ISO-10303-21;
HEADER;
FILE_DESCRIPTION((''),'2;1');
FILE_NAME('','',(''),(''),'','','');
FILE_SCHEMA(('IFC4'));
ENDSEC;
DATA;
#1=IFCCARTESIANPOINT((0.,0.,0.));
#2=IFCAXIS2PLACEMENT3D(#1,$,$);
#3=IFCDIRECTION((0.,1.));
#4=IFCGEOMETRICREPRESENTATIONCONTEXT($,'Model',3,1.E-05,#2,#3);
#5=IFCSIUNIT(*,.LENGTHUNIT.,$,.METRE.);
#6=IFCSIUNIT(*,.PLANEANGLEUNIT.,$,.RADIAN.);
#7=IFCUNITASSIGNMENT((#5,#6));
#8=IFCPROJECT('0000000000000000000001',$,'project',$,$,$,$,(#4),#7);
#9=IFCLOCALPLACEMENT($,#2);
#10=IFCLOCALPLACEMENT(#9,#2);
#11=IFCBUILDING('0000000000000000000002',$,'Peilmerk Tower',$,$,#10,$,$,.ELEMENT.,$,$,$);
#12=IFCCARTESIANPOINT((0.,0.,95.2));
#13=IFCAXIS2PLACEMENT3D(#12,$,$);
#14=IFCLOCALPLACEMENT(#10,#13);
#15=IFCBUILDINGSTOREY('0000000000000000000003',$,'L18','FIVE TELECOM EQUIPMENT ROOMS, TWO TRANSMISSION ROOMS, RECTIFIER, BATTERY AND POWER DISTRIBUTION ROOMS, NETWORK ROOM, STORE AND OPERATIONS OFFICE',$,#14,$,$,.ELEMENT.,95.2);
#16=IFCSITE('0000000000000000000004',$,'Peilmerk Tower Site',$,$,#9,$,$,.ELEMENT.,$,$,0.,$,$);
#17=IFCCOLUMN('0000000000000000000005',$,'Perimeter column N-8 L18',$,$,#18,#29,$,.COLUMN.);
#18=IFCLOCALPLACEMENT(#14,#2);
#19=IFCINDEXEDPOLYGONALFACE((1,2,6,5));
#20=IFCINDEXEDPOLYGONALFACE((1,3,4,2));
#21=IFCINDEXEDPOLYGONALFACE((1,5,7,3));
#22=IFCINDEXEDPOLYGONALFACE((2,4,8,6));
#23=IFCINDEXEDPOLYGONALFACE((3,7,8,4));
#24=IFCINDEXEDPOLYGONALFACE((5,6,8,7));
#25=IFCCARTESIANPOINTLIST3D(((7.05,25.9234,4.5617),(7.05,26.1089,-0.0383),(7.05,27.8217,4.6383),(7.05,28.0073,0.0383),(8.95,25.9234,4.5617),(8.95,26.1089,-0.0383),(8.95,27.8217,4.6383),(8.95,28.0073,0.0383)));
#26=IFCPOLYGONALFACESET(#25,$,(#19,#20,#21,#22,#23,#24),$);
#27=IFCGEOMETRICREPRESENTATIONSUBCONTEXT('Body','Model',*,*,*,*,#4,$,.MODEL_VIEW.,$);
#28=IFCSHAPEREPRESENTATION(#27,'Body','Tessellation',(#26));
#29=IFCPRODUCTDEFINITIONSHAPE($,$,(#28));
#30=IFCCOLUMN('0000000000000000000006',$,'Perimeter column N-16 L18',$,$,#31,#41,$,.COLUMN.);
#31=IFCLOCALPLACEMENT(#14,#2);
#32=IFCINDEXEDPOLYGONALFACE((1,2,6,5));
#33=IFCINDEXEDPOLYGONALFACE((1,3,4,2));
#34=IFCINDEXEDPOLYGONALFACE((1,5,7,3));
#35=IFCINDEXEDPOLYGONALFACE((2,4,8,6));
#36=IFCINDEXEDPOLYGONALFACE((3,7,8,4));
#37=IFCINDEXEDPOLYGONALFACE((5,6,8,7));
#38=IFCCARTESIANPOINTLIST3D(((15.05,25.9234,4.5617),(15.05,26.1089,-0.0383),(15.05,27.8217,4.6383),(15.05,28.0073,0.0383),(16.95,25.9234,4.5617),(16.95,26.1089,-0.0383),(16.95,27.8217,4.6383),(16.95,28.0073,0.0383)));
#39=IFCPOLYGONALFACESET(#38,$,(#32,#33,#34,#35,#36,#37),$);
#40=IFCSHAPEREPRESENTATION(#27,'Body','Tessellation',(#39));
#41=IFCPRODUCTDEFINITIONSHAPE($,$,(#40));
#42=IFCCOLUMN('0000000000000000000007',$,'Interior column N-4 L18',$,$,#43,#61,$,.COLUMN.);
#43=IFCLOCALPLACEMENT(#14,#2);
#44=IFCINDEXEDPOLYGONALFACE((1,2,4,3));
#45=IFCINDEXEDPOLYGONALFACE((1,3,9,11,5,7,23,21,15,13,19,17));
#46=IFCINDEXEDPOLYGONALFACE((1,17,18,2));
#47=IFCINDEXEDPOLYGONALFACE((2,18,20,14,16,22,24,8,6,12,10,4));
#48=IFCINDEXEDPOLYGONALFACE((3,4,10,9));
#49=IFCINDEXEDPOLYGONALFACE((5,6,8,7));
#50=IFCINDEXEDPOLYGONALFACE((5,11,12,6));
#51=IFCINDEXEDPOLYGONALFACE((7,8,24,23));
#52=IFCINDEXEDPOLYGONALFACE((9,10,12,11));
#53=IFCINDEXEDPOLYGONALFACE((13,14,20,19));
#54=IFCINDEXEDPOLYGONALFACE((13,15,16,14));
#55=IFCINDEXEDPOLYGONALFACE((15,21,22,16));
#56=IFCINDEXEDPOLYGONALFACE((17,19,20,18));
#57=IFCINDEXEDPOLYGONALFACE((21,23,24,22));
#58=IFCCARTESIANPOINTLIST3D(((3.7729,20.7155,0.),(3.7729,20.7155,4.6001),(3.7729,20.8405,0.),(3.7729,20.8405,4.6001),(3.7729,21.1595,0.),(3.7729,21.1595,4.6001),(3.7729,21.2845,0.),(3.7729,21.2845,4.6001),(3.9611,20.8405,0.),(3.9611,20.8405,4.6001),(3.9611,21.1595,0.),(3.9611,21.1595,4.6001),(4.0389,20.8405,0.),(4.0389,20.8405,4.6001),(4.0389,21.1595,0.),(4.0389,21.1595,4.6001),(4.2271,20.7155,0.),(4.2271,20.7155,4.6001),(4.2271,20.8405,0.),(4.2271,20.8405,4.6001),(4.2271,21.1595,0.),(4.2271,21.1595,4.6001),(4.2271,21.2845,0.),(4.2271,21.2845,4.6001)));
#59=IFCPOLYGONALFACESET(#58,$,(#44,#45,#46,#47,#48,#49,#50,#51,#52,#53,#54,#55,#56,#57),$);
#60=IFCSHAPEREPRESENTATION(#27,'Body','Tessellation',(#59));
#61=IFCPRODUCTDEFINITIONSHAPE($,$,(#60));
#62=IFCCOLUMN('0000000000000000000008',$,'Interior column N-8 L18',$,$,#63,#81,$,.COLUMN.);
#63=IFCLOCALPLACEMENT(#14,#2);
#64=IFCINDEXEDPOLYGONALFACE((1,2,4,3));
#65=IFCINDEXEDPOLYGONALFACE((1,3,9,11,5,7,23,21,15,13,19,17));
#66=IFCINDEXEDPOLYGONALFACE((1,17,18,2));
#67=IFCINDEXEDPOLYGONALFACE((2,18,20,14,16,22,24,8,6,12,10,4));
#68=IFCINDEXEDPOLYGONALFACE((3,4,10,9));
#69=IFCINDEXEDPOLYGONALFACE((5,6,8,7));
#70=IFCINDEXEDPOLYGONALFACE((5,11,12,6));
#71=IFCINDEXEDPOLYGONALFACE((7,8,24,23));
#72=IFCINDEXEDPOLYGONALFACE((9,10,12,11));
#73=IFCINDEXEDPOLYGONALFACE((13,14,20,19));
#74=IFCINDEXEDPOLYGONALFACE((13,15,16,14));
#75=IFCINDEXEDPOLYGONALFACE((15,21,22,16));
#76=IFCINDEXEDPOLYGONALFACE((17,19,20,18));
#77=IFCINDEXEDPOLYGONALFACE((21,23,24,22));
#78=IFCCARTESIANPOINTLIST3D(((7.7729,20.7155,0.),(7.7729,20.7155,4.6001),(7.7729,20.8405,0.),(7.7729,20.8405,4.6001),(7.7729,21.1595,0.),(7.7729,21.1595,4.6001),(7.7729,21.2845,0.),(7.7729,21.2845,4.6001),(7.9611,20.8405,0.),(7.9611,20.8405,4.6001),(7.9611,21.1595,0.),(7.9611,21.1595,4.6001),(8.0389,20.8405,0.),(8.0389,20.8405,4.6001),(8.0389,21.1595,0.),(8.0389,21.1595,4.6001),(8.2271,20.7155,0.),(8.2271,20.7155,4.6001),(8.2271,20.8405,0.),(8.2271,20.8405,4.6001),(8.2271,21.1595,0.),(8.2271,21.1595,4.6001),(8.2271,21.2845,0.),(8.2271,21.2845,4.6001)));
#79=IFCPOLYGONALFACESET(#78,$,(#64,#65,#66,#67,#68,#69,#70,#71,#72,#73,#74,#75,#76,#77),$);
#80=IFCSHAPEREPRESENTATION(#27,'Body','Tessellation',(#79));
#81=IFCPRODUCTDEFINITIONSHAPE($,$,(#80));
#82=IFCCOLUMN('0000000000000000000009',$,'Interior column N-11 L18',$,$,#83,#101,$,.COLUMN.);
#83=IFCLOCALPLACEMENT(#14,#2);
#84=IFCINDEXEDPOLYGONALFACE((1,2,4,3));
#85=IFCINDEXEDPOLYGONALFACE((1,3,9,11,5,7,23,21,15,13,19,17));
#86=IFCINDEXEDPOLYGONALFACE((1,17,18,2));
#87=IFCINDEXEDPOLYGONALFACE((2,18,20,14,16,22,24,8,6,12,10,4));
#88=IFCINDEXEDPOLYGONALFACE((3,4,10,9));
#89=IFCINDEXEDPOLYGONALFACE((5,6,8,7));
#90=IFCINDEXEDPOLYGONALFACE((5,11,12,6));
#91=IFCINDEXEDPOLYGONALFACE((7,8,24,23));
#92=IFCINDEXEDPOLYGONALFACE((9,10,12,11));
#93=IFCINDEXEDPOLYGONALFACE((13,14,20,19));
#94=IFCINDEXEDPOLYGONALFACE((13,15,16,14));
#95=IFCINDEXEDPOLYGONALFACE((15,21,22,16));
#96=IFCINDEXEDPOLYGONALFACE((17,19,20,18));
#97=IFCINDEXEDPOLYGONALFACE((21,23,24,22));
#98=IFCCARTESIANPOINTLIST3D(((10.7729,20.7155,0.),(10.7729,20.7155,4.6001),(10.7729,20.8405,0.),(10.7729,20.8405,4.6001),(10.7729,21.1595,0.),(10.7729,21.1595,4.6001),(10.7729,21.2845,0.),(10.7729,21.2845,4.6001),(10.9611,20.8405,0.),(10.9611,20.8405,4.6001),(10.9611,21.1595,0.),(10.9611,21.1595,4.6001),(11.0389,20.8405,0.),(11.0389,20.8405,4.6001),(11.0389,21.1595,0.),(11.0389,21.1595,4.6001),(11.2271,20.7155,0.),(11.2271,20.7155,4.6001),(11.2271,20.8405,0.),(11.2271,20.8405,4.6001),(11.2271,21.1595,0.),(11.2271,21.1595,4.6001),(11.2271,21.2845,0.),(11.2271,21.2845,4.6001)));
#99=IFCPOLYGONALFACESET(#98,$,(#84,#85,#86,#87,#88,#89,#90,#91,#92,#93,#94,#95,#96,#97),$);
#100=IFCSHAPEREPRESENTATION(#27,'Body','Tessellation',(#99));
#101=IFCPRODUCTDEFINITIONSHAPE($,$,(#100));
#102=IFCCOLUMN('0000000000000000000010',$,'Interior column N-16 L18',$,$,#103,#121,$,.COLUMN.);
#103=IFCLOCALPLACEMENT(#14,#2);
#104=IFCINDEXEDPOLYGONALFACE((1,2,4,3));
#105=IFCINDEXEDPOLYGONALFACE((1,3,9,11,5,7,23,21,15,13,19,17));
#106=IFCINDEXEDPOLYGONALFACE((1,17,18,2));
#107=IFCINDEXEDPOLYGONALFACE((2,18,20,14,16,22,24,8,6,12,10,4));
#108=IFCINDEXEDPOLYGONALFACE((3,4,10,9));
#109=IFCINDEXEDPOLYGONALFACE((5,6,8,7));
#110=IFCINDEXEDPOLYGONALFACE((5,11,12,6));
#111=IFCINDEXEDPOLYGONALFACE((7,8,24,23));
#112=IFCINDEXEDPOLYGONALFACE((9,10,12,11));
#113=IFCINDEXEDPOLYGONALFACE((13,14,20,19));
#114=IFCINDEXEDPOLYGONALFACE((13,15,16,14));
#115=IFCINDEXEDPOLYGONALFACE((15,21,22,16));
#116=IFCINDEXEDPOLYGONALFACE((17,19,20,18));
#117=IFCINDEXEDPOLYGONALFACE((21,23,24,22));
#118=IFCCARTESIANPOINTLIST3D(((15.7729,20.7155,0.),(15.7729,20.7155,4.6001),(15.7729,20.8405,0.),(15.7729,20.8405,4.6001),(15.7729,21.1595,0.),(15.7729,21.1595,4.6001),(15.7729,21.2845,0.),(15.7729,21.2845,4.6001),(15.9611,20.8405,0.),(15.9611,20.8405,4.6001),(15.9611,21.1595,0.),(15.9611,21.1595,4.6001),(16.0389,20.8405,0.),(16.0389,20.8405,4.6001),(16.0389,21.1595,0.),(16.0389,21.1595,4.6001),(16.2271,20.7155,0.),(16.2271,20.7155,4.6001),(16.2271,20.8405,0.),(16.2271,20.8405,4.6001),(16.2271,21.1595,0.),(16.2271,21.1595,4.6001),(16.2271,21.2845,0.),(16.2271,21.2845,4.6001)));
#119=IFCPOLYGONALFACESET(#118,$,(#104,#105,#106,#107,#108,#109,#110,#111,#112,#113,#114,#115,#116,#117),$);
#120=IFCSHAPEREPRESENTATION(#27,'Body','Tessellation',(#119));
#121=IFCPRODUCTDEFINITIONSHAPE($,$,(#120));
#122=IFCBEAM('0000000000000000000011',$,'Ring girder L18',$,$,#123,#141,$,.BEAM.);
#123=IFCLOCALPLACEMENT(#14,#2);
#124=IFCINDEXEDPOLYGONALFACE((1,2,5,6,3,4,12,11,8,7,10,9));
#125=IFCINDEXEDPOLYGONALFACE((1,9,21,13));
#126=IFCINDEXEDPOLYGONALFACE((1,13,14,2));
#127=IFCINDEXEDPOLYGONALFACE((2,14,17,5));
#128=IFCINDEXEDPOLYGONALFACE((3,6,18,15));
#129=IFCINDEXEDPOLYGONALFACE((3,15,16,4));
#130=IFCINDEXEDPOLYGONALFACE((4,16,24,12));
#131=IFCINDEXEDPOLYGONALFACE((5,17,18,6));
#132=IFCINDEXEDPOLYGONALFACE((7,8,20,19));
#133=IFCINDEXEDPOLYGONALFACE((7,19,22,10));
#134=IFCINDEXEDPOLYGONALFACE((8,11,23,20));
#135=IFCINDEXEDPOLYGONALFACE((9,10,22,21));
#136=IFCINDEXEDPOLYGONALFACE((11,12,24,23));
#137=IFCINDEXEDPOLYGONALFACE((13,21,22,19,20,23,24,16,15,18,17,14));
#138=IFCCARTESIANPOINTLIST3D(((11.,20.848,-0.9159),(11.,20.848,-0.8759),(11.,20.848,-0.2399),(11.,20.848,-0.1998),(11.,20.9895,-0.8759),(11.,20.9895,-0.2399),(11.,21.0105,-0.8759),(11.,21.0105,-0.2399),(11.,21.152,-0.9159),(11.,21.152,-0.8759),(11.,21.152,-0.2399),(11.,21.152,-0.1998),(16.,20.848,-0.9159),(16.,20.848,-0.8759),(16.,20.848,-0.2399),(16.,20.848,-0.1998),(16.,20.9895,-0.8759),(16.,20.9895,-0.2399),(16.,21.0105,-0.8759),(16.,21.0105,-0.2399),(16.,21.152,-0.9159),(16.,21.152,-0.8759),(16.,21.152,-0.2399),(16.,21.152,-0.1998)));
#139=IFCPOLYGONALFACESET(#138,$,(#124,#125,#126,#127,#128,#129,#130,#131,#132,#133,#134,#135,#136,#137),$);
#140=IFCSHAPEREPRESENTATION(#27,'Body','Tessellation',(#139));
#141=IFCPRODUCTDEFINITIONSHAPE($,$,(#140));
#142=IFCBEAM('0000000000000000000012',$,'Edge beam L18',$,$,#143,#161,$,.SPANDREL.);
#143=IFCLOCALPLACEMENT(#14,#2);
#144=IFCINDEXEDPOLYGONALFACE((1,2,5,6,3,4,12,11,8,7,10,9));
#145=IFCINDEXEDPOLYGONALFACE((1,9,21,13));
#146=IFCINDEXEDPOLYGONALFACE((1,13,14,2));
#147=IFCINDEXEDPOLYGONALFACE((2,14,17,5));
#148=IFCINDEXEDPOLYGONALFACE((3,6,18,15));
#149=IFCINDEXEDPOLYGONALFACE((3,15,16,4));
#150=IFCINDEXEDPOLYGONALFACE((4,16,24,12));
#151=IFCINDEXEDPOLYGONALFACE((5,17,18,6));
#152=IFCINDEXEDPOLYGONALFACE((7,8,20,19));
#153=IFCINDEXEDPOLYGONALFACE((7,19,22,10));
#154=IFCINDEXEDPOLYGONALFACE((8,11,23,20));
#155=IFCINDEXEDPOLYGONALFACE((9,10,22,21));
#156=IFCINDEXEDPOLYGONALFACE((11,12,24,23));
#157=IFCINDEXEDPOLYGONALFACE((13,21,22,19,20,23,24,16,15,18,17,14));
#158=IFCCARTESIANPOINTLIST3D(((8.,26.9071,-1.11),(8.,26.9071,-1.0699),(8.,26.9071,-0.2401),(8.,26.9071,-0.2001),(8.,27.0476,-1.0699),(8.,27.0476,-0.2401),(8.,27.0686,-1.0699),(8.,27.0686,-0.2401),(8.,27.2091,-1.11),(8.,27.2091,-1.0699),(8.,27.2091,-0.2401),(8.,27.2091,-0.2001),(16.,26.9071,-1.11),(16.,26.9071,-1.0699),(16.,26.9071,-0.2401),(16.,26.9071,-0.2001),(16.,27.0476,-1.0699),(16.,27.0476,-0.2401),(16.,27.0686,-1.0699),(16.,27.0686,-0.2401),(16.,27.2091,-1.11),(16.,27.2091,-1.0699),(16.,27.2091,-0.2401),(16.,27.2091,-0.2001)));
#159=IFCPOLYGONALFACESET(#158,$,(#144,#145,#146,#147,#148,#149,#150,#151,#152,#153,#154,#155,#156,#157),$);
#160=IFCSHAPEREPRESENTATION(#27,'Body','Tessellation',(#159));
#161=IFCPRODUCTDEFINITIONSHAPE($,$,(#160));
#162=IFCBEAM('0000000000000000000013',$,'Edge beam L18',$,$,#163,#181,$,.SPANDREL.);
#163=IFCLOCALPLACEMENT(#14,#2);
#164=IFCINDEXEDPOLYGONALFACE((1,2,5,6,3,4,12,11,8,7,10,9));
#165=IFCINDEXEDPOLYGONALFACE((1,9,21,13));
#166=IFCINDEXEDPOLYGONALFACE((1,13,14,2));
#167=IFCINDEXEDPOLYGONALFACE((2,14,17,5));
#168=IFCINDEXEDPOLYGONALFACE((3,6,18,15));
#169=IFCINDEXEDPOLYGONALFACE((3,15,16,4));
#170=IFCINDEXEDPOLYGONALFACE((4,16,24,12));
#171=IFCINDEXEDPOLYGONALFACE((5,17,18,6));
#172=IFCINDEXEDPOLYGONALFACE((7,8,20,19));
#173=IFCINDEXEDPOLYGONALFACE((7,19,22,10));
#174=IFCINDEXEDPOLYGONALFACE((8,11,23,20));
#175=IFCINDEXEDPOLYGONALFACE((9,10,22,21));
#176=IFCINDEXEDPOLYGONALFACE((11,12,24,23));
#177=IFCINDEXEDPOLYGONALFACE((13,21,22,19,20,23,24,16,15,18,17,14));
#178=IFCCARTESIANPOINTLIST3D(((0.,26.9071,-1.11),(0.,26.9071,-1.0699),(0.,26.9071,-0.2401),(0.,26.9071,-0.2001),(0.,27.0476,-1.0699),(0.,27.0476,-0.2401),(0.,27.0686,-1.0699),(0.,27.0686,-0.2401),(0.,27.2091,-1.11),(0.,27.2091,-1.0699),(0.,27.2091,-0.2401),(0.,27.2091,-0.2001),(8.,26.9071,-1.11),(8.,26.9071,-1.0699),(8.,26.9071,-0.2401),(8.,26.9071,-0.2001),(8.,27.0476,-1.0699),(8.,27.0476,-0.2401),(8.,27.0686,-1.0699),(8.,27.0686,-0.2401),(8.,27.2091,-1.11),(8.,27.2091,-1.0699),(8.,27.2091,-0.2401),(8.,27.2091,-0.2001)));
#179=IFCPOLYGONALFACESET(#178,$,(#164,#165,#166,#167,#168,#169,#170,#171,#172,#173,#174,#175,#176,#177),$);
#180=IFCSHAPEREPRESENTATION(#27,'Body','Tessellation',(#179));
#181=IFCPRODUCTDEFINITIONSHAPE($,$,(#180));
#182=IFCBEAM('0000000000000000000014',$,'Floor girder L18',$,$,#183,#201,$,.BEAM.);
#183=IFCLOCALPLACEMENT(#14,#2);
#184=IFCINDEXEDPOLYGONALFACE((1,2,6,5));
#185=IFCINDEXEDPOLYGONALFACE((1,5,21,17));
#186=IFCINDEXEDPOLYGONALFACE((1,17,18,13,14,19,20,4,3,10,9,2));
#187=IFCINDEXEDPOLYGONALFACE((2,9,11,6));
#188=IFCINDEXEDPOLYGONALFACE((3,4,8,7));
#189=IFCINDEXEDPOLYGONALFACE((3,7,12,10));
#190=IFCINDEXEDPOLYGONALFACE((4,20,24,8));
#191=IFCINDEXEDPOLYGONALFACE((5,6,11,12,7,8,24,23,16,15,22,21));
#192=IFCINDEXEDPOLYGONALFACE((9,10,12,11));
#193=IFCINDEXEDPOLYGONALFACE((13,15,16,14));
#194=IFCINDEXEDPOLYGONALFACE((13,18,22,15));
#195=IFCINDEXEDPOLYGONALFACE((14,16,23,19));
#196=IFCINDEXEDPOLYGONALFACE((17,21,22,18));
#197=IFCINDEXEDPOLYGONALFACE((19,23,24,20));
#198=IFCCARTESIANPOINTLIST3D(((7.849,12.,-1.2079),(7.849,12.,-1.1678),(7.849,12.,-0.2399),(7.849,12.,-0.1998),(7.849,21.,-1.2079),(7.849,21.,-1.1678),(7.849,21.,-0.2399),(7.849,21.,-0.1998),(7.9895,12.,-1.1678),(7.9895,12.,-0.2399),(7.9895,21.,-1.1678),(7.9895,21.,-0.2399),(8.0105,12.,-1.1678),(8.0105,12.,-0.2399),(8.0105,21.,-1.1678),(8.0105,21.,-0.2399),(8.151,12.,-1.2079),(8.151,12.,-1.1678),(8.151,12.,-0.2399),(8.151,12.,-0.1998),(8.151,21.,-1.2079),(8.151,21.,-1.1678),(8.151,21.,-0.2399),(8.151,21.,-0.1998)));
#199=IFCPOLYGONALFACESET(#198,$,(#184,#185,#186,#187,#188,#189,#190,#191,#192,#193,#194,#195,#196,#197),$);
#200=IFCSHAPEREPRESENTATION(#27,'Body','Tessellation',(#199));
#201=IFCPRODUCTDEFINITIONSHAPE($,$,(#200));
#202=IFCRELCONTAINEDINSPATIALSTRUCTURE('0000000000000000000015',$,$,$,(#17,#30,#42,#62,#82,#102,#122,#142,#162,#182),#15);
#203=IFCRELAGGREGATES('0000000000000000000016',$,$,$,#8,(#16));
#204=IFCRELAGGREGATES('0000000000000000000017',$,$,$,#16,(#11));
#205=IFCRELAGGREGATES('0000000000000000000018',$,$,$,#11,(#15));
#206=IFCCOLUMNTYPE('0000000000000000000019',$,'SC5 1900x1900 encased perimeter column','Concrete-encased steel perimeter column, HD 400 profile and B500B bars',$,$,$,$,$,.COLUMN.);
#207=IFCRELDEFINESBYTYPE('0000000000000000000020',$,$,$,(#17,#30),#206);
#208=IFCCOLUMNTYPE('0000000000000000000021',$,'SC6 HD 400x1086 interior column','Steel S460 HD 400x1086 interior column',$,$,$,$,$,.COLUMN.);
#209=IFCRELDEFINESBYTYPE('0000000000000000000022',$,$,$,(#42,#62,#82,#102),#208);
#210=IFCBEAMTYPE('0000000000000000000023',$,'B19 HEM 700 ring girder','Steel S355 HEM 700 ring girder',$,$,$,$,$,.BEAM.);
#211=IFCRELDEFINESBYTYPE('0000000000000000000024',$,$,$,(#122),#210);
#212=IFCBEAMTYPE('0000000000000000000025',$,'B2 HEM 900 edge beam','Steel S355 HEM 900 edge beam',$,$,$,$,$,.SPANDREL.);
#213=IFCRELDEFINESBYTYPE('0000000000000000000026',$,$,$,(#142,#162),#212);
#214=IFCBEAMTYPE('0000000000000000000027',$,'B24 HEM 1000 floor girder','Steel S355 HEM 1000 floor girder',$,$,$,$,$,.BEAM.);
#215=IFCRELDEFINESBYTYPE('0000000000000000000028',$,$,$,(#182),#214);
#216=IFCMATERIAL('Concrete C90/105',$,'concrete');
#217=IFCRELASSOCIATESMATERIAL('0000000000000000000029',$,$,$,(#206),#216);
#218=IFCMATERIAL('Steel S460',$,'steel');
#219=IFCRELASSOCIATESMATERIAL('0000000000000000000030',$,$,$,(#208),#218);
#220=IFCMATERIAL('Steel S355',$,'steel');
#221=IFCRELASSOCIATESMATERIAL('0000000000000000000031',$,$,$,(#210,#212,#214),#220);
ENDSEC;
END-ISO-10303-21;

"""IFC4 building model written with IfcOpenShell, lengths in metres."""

from ifc_helpers import new_model, si_unit, direction, frame, origin, origin_2d, place, context, subcontext, project, spatial, rectangle, i_section, extrude, material, material_profile, profile_set, type_object, element, save


model = new_model("IFC4")

# Units and contexts
model_context = context("Model", 3, precision=1e-05, world=origin(), true_north=direction((0.0, 1.0)))
body_context = subcontext(model_context, "Body", "Model", "MODEL_VIEW")
ifc_project = project(units=[si_unit("LENGTHUNIT", "METRE"), si_unit("PLANEANGLEUNIT", "RADIAN")], contexts=[model_context])

# Site, building, storey
site_placement = place(None, origin())
site = spatial("IfcSite", under=ifc_project, at=site_placement, Name="Peilmerk Tower Site", CompositionType="ELEMENT", RefElevation=0.0)
building_placement = place(site_placement, origin())
building = spatial("IfcBuilding", under=site, at=building_placement, Name="Peilmerk Tower", CompositionType="ELEMENT")
storey_placement = place(building_placement, frame((0.0, 0.0, 95.2)))
storey = spatial("IfcBuildingStorey", under=building, at=storey_placement, Name="L18", Description="FIVE TELECOM EQUIPMENT ROOMS, TWO TRANSMISSION ROOMS, RECTIFIER, BATTERY AND POWER DISTRIBUTION ROOMS, NETWORK ROOM, STORE AND OPERATIONS OFFICE", CompositionType="ELEMENT", Elevation=95.2)

# Columns
ifc_material_1 = material(Name="Concrete C90/105", Category="concrete")
ifc_material_profile_1 = material_profile(ifc_material_1, rectangle(XDim=1.8999, YDim=1.8999, at=origin_2d()), Name="RC 1900x1900")
ifc_profile_set_1 = profile_set([ifc_material_profile_1], Name="Concrete C90/105")
column_type_1 = type_object("IfcColumnType", Name="SC5 1900x1900 encased perimeter column", Description="Concrete-encased steel perimeter column, HD 400 profile and B500B bars", PredefinedType="COLUMN", material=ifc_profile_set_1)
for number, where, z_axis, x_axis, name in (
    (1, (8.0, 27.0581, 0.0), (0.0, -0.040303, 0.999188), (1.0, 0.0, 0.0), "Perimeter column N-8 L18"),
    (2, (16.0, 27.0581, 0.0), (0.0, -0.040303, 0.999188), (1.0, 0.0, 0.0), "Perimeter column N-16 L18"),
):
    element("IfcColumn", number, at=place(storey_placement, frame(where, z_axis=z_axis, x_axis=x_axis)), inside=storey, type_object=column_type_1, Name=name, PredefinedType="COLUMN", context=body_context, shape_type="SweptSolid", body=[
        extrude(rectangle(XDim=1.8999, YDim=1.8999, at=origin_2d()), origin(), (0.0, 0.0, 1.0), 4.6038),
    ])
ifc_material_2 = material(Name="Steel S460", Category="steel")
ifc_material_profile_2 = material_profile(ifc_material_2, i_section(OverallWidth=0.4541, OverallDepth=0.5691, WebThickness=0.0779, FlangeThickness=0.125, at=origin_2d()), Name="HD 400x1086")
ifc_profile_set_2 = profile_set([ifc_material_profile_2], Name="Steel S460")
column_type_2 = type_object("IfcColumnType", Name="SC6 HD 400x1086 interior column", Description="Steel S460 HD 400x1086 interior column", PredefinedType="COLUMN", material=ifc_profile_set_2)
for number, where, z_axis, x_axis, name in (
    (3, (4.0, 21.0, 0.0), (0.0, 0.0, 1.0), (1.0, 0.0, 0.0), "Interior column N-4 L18"),
    (4, (8.0, 21.0, 0.0), (0.0, 0.0, 1.0), (1.0, 0.0, 0.0), "Interior column N-8 L18"),
    (5, (11.0, 21.0, 0.0), (0.0, 0.0, 1.0), (1.0, 0.0, 0.0), "Interior column N-11 L18"),
    (6, (16.0, 21.0, 0.0), (0.0, 0.0, 1.0), (1.0, 0.0, 0.0), "Interior column N-16 L18"),
):
    element("IfcColumn", number, at=place(storey_placement, frame(where, z_axis=z_axis, x_axis=x_axis)), inside=storey, type_object=column_type_2, Name=name, PredefinedType="COLUMN", context=body_context, shape_type="SweptSolid", body=[
        extrude(i_section(OverallWidth=0.4541, OverallDepth=0.5691, WebThickness=0.0779, FlangeThickness=0.125, at=origin_2d()), origin(), (0.0, 0.0, 1.0), 4.6001),
    ])

# Beams
ifc_material_3 = material(Name="Steel S355", Category="steel")
ifc_material_profile_3 = material_profile(ifc_material_3, i_section(OverallWidth=0.304, OverallDepth=0.7161, WebThickness=0.021, FlangeThickness=0.04, at=origin_2d()), Name="HEM 700")
ifc_profile_set_3 = profile_set([ifc_material_profile_3], Name="Steel S355")
beam_type_1 = type_object("IfcBeamType", Name="B19 HEM 700 ring girder", Description="Steel S355 HEM 700 ring girder", PredefinedType="BEAM", material=ifc_profile_set_3)
beam_1_placement = place(storey_placement, frame((16.0, 21.0, -0.5579), z_axis=(-1.0, 0.0, 0.0), x_axis=(0.0, -1.0, 0.0)))
element("IfcBeam", 7, at=beam_1_placement, inside=storey, type_object=beam_type_1, Name="Ring girder L18", PredefinedType="BEAM", context=body_context, shape_type="SweptSolid", body=[
    extrude(i_section(OverallWidth=0.304, OverallDepth=0.7161, WebThickness=0.021, FlangeThickness=0.04, at=origin_2d()), origin(), (0.0, 0.0, 1.0), 5.0),
])
ifc_material_profile_4 = material_profile(ifc_material_3, i_section(OverallWidth=0.302, OverallDepth=0.9099, WebThickness=0.021, FlangeThickness=0.04, at=origin_2d()), Name="HEM 900")
ifc_profile_set_4 = profile_set([ifc_material_profile_4], Name="Steel S355")
beam_type_2 = type_object("IfcBeamType", Name="B2 HEM 900 edge beam", Description="Steel S355 HEM 900 edge beam", PredefinedType="SPANDREL", material=ifc_profile_set_4)
for number, where, z_axis, x_axis, name in (
    (8, (16.0, 27.0581, -0.655), (-1.0, 0.0, 0.0), (0.0, -1.0, 0.0), "Edge beam L18"),
    (9, (8.0, 27.0581, -0.655), (-1.0, 0.0, 0.0), (0.0, -1.0, 0.0), "Edge beam L18"),
):
    element("IfcBeam", number, at=place(storey_placement, frame(where, z_axis=z_axis, x_axis=x_axis)), inside=storey, type_object=beam_type_2, Name=name, PredefinedType="SPANDREL", context=body_context, shape_type="SweptSolid", body=[
        extrude(i_section(OverallWidth=0.302, OverallDepth=0.9099, WebThickness=0.021, FlangeThickness=0.04, at=origin_2d()), origin(), (0.0, 0.0, 1.0), 8.0),
    ])
ifc_material_profile_5 = material_profile(ifc_material_3, i_section(OverallWidth=0.302, OverallDepth=1.0081, WebThickness=0.021, FlangeThickness=0.04, at=origin_2d()), Name="HEM 1000")
ifc_profile_set_5 = profile_set([ifc_material_profile_5], Name="Steel S355")
beam_type_3 = type_object("IfcBeamType", Name="B24 HEM 1000 floor girder", Description="Steel S355 HEM 1000 floor girder", PredefinedType="BEAM", material=ifc_profile_set_5)
beam_2_placement = place(storey_placement, frame((8.0, 12.0, -0.7039), z_axis=(0.0, 1.0, 0.0), x_axis=(-1.0, 0.0, 0.0)))
element("IfcBeam", 10, at=beam_2_placement, inside=storey, type_object=beam_type_3, Name="Floor girder L18", PredefinedType="BEAM", context=body_context, shape_type="SweptSolid", body=[
    extrude(i_section(OverallWidth=0.302, OverallDepth=1.0081, WebThickness=0.021, FlangeThickness=0.04, at=origin_2d()), origin(), (0.0, 0.0, 1.0), 9.0),
])

save(model, "model.ifc")
